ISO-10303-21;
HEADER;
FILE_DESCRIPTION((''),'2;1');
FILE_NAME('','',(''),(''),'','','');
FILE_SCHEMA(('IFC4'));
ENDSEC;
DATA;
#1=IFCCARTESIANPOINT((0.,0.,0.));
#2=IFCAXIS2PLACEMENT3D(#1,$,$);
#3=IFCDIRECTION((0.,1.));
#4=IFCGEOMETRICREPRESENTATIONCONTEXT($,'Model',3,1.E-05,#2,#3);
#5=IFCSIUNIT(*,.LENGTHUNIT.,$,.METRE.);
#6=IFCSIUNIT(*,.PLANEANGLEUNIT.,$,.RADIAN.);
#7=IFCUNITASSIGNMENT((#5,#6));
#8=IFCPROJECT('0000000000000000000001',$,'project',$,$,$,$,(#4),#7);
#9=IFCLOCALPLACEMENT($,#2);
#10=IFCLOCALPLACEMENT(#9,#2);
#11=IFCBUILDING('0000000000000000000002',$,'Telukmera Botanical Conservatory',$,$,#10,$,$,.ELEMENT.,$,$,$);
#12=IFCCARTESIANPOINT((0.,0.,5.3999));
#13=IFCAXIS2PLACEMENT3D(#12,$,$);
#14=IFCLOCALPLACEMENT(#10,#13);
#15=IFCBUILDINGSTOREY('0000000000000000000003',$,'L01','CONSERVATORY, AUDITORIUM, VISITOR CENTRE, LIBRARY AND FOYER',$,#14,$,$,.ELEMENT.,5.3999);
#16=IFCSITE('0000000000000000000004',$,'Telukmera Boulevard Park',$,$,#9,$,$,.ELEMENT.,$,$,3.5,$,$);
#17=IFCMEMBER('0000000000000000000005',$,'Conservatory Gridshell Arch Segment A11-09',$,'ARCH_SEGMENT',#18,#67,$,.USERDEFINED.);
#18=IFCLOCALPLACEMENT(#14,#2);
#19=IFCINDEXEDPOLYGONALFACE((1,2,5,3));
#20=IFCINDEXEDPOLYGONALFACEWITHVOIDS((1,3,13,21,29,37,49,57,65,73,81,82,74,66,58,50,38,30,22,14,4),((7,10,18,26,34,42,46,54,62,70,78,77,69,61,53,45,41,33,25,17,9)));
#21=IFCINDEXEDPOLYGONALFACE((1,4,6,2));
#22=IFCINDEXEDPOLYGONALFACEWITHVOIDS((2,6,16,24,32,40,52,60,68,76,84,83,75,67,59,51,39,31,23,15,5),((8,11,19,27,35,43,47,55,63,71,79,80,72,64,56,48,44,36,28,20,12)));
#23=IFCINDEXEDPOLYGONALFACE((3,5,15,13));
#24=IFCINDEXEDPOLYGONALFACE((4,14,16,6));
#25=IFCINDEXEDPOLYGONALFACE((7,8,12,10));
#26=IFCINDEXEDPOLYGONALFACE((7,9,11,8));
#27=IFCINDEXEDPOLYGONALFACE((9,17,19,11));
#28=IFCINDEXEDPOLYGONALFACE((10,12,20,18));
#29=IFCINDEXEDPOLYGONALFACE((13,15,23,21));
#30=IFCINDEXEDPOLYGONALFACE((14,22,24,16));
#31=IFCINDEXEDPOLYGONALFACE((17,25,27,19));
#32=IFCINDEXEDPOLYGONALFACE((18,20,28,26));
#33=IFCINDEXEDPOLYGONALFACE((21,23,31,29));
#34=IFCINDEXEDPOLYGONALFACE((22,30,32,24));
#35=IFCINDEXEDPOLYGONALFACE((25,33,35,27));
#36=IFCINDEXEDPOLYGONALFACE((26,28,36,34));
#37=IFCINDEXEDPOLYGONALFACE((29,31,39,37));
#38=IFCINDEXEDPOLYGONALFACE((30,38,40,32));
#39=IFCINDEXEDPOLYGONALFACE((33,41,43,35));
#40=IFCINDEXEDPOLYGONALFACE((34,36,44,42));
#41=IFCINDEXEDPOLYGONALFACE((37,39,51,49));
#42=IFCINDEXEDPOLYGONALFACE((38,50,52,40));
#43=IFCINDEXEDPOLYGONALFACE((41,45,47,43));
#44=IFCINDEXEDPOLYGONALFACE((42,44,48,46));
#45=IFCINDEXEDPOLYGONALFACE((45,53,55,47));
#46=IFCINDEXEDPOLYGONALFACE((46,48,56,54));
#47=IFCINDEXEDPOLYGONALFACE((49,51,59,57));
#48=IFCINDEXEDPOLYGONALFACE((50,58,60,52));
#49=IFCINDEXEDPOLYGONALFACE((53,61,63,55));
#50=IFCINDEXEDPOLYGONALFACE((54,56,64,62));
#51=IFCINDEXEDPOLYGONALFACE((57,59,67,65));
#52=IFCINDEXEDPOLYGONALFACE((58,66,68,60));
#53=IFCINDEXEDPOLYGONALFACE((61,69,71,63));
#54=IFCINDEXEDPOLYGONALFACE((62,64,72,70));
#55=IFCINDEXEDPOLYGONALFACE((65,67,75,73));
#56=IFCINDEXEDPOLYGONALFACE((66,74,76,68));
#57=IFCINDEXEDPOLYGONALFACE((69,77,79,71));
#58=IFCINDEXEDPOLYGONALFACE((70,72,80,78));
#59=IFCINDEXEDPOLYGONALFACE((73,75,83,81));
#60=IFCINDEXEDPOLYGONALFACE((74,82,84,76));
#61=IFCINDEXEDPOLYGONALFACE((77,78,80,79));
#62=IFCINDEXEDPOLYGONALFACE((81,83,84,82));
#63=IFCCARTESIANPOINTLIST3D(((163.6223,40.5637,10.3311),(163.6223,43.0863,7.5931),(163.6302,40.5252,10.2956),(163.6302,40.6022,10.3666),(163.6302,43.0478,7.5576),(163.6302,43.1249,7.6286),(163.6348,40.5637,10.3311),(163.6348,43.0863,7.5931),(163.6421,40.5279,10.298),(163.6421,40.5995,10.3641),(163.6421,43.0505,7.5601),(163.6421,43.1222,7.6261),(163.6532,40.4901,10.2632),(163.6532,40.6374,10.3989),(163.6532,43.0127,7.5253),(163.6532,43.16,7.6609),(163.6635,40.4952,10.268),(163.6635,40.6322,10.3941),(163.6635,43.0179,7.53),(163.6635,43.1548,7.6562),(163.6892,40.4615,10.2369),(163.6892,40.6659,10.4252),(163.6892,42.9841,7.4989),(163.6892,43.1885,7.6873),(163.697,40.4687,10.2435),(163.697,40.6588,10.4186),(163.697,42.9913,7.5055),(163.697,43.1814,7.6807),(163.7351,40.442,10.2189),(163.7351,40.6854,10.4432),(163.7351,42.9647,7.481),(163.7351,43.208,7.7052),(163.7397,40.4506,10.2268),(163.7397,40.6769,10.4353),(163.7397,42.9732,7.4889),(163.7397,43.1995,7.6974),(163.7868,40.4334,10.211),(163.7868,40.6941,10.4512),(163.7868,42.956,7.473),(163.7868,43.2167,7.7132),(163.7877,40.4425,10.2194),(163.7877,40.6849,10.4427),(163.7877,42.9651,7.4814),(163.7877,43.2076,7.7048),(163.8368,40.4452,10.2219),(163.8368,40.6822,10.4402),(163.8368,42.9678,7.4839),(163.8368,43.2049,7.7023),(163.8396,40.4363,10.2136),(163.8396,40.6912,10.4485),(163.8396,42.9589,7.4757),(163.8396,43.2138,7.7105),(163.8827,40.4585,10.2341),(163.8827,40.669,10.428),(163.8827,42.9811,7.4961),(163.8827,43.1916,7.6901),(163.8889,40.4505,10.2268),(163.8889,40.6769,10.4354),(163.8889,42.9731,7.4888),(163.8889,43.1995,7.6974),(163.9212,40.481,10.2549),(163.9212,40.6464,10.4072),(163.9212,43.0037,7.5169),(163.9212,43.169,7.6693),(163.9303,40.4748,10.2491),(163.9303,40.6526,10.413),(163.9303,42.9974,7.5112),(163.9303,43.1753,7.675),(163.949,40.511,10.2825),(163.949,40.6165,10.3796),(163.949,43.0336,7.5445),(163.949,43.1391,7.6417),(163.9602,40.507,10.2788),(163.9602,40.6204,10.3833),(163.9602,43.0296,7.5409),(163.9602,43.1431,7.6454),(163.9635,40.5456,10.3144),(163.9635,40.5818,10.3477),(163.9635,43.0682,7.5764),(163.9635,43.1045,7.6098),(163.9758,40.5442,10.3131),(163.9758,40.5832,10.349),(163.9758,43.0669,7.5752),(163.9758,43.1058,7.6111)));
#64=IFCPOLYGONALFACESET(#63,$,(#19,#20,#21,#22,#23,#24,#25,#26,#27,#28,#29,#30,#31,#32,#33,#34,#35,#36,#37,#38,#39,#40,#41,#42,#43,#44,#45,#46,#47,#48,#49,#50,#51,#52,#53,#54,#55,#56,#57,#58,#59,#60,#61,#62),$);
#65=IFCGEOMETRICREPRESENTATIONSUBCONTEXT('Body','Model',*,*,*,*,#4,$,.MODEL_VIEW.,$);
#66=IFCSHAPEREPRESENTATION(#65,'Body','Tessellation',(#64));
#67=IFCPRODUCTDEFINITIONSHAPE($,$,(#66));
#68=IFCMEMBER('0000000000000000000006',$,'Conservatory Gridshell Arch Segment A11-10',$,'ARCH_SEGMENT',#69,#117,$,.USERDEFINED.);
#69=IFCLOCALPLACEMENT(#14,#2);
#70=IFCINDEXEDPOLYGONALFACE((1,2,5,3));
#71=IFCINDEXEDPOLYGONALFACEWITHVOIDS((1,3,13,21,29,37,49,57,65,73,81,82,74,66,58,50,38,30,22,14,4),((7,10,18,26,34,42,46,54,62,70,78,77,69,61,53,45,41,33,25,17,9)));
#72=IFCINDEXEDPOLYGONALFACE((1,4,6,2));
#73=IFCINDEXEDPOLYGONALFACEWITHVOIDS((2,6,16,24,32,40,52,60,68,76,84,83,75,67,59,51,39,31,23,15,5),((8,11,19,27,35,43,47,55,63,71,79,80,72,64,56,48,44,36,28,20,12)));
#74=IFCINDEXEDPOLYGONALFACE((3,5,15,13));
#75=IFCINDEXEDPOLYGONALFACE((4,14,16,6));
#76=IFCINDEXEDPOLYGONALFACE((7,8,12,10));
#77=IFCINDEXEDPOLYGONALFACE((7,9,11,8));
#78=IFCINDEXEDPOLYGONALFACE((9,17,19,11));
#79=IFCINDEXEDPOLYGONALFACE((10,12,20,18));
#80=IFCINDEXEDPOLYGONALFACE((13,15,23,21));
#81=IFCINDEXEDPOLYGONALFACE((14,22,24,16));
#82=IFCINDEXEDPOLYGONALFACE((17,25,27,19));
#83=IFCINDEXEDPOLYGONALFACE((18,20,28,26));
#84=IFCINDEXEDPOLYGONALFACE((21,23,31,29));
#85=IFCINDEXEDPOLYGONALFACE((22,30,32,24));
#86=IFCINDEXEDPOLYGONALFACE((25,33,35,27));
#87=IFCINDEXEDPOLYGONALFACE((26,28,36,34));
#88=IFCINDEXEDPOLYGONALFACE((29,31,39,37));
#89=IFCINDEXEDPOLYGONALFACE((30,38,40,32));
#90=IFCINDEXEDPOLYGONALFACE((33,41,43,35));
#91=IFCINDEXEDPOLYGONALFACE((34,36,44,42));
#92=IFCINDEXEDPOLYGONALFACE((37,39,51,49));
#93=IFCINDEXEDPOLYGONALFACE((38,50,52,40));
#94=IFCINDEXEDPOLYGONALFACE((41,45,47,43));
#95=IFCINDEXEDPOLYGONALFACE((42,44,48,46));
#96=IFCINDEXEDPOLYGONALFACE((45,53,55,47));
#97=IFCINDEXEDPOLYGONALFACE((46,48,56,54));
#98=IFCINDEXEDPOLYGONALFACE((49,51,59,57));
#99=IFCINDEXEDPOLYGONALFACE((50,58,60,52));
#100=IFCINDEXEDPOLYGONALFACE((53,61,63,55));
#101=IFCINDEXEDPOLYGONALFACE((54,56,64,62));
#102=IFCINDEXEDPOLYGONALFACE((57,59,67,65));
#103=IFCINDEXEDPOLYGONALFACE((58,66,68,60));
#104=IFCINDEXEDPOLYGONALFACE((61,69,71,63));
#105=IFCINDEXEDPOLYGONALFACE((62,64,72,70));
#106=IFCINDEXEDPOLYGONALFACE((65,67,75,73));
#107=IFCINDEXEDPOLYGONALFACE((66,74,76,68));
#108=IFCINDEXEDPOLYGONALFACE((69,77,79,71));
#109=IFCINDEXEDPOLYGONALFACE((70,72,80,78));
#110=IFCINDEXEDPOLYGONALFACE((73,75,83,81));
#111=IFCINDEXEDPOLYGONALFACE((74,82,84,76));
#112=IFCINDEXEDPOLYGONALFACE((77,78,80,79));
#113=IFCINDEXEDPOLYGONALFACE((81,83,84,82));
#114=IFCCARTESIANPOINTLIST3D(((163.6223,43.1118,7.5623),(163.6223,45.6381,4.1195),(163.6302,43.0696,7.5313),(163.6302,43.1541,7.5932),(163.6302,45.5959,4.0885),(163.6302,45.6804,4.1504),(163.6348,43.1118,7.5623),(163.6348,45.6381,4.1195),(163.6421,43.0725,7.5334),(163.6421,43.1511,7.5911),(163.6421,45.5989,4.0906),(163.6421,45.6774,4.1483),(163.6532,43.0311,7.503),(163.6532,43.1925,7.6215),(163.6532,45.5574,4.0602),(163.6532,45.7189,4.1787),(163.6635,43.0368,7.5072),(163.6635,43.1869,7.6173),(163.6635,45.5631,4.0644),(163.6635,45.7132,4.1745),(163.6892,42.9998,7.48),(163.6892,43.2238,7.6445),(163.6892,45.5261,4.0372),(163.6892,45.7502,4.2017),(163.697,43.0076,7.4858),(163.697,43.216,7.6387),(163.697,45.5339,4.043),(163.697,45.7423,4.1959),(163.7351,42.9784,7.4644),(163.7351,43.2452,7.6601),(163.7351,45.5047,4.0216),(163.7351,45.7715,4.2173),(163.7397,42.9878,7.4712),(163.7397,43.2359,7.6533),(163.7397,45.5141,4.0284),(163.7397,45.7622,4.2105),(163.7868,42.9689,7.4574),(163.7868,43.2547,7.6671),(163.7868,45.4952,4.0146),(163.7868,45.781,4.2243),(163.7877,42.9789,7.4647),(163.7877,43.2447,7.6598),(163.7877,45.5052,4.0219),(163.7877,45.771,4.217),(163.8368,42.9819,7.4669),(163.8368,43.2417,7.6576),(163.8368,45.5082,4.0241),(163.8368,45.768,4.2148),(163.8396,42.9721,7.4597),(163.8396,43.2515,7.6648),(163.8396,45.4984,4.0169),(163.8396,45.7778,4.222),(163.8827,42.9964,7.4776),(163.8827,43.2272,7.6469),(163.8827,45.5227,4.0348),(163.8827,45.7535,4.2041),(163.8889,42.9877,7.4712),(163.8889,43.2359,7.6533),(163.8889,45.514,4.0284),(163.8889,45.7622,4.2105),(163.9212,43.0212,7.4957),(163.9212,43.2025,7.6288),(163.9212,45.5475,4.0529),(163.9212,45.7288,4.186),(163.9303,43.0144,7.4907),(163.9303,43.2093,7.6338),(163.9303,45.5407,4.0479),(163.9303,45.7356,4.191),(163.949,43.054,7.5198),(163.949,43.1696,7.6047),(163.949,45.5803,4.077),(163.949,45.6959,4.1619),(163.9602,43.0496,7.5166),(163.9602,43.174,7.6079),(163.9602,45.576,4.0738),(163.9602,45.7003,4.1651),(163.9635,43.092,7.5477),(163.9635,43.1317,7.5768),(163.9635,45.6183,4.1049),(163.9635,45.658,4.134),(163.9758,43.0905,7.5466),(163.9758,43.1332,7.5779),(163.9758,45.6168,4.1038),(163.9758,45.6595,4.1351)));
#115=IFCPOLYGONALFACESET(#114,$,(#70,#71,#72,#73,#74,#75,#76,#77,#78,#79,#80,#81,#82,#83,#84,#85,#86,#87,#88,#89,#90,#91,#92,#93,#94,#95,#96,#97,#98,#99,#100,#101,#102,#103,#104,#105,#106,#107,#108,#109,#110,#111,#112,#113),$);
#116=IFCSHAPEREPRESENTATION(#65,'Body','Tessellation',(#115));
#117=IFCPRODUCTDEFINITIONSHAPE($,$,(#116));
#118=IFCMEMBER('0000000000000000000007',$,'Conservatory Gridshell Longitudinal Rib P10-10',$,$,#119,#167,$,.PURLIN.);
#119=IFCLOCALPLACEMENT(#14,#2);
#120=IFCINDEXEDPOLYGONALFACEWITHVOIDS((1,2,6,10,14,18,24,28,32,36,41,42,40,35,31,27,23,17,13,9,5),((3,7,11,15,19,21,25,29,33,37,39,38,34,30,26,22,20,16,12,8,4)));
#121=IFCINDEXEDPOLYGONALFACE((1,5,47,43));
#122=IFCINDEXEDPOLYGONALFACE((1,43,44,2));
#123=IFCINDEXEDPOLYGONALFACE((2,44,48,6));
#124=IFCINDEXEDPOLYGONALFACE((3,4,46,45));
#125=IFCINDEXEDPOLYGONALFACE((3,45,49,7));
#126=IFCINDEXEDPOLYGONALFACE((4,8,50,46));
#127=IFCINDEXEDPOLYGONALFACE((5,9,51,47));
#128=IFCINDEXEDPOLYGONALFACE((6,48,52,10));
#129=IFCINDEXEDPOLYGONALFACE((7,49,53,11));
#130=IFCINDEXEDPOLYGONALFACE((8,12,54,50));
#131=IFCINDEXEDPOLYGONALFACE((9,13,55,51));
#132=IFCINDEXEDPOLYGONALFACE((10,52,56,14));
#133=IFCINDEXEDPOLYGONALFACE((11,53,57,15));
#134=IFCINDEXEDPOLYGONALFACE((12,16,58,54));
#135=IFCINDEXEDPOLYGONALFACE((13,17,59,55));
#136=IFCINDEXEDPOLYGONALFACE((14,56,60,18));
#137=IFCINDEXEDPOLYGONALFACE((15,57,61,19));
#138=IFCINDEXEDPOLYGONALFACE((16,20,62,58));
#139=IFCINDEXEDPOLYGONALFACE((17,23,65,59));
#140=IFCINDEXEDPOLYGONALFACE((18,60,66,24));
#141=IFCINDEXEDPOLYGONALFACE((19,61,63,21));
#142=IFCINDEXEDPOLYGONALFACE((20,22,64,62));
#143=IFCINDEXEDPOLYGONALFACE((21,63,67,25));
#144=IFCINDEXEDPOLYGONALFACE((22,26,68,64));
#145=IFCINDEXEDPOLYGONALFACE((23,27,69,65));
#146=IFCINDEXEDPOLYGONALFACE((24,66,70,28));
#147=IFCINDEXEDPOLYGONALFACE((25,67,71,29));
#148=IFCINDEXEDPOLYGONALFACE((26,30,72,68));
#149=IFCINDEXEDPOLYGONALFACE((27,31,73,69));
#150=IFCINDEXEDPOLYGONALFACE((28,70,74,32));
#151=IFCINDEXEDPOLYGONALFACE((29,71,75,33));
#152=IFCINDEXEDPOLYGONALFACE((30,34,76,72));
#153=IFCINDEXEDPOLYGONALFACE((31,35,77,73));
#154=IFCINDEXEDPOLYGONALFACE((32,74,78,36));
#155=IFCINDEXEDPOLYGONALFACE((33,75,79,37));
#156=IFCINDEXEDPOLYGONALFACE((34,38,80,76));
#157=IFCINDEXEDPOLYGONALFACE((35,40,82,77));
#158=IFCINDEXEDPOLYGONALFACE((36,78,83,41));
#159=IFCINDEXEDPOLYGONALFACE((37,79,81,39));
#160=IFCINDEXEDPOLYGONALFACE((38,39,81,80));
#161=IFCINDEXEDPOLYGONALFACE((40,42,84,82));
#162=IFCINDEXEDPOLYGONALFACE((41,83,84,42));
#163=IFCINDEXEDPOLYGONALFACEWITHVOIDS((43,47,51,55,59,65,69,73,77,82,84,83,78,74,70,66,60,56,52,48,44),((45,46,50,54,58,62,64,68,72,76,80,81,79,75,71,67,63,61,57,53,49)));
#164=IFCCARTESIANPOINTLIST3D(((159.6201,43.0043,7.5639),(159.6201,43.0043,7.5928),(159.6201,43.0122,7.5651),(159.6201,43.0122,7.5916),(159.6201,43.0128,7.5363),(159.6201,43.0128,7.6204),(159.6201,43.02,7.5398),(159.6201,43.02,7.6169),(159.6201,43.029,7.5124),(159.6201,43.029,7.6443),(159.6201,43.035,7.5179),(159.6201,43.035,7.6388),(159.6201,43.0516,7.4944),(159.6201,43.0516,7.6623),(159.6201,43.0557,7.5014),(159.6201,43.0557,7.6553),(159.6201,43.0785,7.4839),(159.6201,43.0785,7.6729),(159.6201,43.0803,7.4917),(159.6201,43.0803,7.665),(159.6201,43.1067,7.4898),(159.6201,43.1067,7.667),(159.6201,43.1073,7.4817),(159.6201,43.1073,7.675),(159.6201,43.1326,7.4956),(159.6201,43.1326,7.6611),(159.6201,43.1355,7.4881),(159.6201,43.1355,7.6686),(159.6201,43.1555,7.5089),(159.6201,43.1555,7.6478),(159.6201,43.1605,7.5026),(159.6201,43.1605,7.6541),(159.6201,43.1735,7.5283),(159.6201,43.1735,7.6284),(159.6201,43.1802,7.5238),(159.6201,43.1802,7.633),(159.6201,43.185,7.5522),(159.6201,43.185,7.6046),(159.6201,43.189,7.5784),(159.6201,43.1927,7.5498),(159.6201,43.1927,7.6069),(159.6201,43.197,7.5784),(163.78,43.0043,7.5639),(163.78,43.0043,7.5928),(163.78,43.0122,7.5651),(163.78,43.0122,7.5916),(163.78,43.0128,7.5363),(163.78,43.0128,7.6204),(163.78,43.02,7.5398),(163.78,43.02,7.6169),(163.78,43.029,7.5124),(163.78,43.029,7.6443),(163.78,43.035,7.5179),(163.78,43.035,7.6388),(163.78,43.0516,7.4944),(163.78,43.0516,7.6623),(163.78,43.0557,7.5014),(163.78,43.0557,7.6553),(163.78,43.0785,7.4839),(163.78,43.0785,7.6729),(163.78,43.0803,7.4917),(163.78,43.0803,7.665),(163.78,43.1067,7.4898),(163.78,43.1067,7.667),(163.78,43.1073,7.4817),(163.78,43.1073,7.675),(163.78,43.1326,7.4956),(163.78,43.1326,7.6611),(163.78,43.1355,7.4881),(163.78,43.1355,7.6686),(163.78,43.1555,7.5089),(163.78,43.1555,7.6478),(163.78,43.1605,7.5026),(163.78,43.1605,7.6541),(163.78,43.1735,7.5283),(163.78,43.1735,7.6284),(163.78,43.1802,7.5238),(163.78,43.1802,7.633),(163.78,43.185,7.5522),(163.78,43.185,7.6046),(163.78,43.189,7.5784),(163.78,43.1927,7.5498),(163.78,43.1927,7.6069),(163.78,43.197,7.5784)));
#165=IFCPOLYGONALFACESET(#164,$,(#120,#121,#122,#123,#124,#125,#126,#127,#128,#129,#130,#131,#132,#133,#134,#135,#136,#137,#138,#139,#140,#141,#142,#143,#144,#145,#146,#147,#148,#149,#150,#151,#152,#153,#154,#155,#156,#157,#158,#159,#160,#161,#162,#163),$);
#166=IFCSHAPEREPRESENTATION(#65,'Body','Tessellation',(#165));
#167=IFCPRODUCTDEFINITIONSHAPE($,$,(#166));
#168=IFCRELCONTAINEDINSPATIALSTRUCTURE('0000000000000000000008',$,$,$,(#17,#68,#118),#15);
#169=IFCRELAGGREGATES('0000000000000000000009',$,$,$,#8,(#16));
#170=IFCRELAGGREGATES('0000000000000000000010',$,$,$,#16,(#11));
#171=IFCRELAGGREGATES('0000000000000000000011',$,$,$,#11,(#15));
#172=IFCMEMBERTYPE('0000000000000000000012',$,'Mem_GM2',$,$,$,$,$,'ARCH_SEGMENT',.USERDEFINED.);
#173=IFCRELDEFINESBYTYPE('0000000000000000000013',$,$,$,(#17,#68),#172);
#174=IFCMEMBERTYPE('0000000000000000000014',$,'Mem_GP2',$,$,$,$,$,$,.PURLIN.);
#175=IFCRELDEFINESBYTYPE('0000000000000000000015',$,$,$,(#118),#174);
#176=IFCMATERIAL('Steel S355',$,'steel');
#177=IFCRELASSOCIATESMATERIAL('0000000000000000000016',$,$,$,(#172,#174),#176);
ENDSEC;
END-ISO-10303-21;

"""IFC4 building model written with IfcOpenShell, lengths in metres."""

from ifc_helpers import new_model, si_unit, direction, frame, origin, origin_2d, place, context, subcontext, project, spatial, hollow_circle, extrude, material, material_profile, profile_set, type_object, element, save


model = new_model("IFC4")

# Units and contexts
model_context = context("Model", 3, precision=1e-05, world=origin(), true_north=direction((0.0, 1.0)))
body_context = subcontext(model_context, "Body", "Model", "MODEL_VIEW")
ifc_project = project(units=[si_unit("LENGTHUNIT", "METRE"), si_unit("PLANEANGLEUNIT", "RADIAN")], contexts=[model_context])

# Site, building, storey
site_placement = place(None, origin())
site = spatial("IfcSite", under=ifc_project, at=site_placement, Name="Telukmera Boulevard Park", CompositionType="ELEMENT", RefElevation=3.5)
building_placement = place(site_placement, origin())
building = spatial("IfcBuilding", under=site, at=building_placement, Name="Telukmera Botanical Conservatory", CompositionType="ELEMENT")
storey_placement = place(building_placement, frame((0.0, 0.0, 5.3999)))
storey = spatial("IfcBuildingStorey", under=building, at=storey_placement, Name="L01", Description="CONSERVATORY, AUDITORIUM, VISITOR CENTRE, LIBRARY AND FOYER", CompositionType="ELEMENT", Elevation=5.3999)

# Shared definitions
ifc_material_1 = material(Name="Steel S355", Category="steel")

# Members
ifc_material_profile_1 = material_profile(ifc_material_1, hollow_circle(Radius=0.1777, WallThickness=0.0125, at=origin_2d()), Name="CHS 355.6x12.5")
ifc_profile_set_1 = profile_set([ifc_material_profile_1], Name="Steel S355")
member_type_1 = type_object("IfcMemberType", Name="Mem_GM2", ElementType="ARCH_SEGMENT", PredefinedType="USERDEFINED", material=ifc_profile_set_1)
member_1_placement = place(storey_placement, frame((163.8, 40.5637, 10.3311), z_axis=(0.0, 0.677596, -0.735434), x_axis=(-1.0, 0.0, 0.0)))
element("IfcMember", 1, at=member_1_placement, inside=storey, type_object=member_type_1, Name="Conservatory Gridshell Arch Segment A11-09", ObjectType="ARCH_SEGMENT", PredefinedType="USERDEFINED", context=body_context, shape_type="SweptSolid", body=[
    extrude(hollow_circle(Radius=0.1777, WallThickness=0.0125, at=origin_2d()), origin(), (0.0, 0.0, 1.0), 3.7229),
])
member_2_placement = place(storey_placement, frame((163.8, 43.1118, 7.5623), z_axis=(0.0, 0.591607, -0.806227), x_axis=(-1.0, 0.0, 0.0)))
element("IfcMember", 2, at=member_2_placement, inside=storey, type_object=member_type_1, Name="Conservatory Gridshell Arch Segment A11-10", ObjectType="ARCH_SEGMENT", PredefinedType="USERDEFINED", context=body_context, shape_type="SweptSolid", body=[
    extrude(hollow_circle(Radius=0.1777, WallThickness=0.0125, at=origin_2d()), origin(), (0.0, 0.0, 1.0), 4.2703),
])
ifc_material_profile_2 = material_profile(ifc_material_1, hollow_circle(Radius=0.0969, WallThickness=0.0081, at=origin_2d()), Name="CHS 193.7x8.0")
ifc_profile_set_2 = profile_set([ifc_material_profile_2], Name="Steel S355")
member_type_2 = type_object("IfcMemberType", Name="Mem_GP2", PredefinedType="PURLIN", material=ifc_profile_set_2)
for number, where, z_axis, x_axis, name in (
    (3, (159.6201, 43.1001, 7.5784), (1.0, 0.0, 0.0), (0.0, 1.0, 0.0), "Conservatory Gridshell Longitudinal Rib P10-10"),
):
    element("IfcMember", number, at=place(storey_placement, frame(where, z_axis=z_axis, x_axis=x_axis)), inside=storey, type_object=member_type_2, Name=name, PredefinedType="PURLIN", context=body_context, shape_type="SweptSolid", body=[
        extrude(hollow_circle(Radius=0.0969, WallThickness=0.0081, at=origin_2d()), origin(), (0.0, 0.0, 1.0), 4.1599),
    ])

save(model, "model.ifc")
